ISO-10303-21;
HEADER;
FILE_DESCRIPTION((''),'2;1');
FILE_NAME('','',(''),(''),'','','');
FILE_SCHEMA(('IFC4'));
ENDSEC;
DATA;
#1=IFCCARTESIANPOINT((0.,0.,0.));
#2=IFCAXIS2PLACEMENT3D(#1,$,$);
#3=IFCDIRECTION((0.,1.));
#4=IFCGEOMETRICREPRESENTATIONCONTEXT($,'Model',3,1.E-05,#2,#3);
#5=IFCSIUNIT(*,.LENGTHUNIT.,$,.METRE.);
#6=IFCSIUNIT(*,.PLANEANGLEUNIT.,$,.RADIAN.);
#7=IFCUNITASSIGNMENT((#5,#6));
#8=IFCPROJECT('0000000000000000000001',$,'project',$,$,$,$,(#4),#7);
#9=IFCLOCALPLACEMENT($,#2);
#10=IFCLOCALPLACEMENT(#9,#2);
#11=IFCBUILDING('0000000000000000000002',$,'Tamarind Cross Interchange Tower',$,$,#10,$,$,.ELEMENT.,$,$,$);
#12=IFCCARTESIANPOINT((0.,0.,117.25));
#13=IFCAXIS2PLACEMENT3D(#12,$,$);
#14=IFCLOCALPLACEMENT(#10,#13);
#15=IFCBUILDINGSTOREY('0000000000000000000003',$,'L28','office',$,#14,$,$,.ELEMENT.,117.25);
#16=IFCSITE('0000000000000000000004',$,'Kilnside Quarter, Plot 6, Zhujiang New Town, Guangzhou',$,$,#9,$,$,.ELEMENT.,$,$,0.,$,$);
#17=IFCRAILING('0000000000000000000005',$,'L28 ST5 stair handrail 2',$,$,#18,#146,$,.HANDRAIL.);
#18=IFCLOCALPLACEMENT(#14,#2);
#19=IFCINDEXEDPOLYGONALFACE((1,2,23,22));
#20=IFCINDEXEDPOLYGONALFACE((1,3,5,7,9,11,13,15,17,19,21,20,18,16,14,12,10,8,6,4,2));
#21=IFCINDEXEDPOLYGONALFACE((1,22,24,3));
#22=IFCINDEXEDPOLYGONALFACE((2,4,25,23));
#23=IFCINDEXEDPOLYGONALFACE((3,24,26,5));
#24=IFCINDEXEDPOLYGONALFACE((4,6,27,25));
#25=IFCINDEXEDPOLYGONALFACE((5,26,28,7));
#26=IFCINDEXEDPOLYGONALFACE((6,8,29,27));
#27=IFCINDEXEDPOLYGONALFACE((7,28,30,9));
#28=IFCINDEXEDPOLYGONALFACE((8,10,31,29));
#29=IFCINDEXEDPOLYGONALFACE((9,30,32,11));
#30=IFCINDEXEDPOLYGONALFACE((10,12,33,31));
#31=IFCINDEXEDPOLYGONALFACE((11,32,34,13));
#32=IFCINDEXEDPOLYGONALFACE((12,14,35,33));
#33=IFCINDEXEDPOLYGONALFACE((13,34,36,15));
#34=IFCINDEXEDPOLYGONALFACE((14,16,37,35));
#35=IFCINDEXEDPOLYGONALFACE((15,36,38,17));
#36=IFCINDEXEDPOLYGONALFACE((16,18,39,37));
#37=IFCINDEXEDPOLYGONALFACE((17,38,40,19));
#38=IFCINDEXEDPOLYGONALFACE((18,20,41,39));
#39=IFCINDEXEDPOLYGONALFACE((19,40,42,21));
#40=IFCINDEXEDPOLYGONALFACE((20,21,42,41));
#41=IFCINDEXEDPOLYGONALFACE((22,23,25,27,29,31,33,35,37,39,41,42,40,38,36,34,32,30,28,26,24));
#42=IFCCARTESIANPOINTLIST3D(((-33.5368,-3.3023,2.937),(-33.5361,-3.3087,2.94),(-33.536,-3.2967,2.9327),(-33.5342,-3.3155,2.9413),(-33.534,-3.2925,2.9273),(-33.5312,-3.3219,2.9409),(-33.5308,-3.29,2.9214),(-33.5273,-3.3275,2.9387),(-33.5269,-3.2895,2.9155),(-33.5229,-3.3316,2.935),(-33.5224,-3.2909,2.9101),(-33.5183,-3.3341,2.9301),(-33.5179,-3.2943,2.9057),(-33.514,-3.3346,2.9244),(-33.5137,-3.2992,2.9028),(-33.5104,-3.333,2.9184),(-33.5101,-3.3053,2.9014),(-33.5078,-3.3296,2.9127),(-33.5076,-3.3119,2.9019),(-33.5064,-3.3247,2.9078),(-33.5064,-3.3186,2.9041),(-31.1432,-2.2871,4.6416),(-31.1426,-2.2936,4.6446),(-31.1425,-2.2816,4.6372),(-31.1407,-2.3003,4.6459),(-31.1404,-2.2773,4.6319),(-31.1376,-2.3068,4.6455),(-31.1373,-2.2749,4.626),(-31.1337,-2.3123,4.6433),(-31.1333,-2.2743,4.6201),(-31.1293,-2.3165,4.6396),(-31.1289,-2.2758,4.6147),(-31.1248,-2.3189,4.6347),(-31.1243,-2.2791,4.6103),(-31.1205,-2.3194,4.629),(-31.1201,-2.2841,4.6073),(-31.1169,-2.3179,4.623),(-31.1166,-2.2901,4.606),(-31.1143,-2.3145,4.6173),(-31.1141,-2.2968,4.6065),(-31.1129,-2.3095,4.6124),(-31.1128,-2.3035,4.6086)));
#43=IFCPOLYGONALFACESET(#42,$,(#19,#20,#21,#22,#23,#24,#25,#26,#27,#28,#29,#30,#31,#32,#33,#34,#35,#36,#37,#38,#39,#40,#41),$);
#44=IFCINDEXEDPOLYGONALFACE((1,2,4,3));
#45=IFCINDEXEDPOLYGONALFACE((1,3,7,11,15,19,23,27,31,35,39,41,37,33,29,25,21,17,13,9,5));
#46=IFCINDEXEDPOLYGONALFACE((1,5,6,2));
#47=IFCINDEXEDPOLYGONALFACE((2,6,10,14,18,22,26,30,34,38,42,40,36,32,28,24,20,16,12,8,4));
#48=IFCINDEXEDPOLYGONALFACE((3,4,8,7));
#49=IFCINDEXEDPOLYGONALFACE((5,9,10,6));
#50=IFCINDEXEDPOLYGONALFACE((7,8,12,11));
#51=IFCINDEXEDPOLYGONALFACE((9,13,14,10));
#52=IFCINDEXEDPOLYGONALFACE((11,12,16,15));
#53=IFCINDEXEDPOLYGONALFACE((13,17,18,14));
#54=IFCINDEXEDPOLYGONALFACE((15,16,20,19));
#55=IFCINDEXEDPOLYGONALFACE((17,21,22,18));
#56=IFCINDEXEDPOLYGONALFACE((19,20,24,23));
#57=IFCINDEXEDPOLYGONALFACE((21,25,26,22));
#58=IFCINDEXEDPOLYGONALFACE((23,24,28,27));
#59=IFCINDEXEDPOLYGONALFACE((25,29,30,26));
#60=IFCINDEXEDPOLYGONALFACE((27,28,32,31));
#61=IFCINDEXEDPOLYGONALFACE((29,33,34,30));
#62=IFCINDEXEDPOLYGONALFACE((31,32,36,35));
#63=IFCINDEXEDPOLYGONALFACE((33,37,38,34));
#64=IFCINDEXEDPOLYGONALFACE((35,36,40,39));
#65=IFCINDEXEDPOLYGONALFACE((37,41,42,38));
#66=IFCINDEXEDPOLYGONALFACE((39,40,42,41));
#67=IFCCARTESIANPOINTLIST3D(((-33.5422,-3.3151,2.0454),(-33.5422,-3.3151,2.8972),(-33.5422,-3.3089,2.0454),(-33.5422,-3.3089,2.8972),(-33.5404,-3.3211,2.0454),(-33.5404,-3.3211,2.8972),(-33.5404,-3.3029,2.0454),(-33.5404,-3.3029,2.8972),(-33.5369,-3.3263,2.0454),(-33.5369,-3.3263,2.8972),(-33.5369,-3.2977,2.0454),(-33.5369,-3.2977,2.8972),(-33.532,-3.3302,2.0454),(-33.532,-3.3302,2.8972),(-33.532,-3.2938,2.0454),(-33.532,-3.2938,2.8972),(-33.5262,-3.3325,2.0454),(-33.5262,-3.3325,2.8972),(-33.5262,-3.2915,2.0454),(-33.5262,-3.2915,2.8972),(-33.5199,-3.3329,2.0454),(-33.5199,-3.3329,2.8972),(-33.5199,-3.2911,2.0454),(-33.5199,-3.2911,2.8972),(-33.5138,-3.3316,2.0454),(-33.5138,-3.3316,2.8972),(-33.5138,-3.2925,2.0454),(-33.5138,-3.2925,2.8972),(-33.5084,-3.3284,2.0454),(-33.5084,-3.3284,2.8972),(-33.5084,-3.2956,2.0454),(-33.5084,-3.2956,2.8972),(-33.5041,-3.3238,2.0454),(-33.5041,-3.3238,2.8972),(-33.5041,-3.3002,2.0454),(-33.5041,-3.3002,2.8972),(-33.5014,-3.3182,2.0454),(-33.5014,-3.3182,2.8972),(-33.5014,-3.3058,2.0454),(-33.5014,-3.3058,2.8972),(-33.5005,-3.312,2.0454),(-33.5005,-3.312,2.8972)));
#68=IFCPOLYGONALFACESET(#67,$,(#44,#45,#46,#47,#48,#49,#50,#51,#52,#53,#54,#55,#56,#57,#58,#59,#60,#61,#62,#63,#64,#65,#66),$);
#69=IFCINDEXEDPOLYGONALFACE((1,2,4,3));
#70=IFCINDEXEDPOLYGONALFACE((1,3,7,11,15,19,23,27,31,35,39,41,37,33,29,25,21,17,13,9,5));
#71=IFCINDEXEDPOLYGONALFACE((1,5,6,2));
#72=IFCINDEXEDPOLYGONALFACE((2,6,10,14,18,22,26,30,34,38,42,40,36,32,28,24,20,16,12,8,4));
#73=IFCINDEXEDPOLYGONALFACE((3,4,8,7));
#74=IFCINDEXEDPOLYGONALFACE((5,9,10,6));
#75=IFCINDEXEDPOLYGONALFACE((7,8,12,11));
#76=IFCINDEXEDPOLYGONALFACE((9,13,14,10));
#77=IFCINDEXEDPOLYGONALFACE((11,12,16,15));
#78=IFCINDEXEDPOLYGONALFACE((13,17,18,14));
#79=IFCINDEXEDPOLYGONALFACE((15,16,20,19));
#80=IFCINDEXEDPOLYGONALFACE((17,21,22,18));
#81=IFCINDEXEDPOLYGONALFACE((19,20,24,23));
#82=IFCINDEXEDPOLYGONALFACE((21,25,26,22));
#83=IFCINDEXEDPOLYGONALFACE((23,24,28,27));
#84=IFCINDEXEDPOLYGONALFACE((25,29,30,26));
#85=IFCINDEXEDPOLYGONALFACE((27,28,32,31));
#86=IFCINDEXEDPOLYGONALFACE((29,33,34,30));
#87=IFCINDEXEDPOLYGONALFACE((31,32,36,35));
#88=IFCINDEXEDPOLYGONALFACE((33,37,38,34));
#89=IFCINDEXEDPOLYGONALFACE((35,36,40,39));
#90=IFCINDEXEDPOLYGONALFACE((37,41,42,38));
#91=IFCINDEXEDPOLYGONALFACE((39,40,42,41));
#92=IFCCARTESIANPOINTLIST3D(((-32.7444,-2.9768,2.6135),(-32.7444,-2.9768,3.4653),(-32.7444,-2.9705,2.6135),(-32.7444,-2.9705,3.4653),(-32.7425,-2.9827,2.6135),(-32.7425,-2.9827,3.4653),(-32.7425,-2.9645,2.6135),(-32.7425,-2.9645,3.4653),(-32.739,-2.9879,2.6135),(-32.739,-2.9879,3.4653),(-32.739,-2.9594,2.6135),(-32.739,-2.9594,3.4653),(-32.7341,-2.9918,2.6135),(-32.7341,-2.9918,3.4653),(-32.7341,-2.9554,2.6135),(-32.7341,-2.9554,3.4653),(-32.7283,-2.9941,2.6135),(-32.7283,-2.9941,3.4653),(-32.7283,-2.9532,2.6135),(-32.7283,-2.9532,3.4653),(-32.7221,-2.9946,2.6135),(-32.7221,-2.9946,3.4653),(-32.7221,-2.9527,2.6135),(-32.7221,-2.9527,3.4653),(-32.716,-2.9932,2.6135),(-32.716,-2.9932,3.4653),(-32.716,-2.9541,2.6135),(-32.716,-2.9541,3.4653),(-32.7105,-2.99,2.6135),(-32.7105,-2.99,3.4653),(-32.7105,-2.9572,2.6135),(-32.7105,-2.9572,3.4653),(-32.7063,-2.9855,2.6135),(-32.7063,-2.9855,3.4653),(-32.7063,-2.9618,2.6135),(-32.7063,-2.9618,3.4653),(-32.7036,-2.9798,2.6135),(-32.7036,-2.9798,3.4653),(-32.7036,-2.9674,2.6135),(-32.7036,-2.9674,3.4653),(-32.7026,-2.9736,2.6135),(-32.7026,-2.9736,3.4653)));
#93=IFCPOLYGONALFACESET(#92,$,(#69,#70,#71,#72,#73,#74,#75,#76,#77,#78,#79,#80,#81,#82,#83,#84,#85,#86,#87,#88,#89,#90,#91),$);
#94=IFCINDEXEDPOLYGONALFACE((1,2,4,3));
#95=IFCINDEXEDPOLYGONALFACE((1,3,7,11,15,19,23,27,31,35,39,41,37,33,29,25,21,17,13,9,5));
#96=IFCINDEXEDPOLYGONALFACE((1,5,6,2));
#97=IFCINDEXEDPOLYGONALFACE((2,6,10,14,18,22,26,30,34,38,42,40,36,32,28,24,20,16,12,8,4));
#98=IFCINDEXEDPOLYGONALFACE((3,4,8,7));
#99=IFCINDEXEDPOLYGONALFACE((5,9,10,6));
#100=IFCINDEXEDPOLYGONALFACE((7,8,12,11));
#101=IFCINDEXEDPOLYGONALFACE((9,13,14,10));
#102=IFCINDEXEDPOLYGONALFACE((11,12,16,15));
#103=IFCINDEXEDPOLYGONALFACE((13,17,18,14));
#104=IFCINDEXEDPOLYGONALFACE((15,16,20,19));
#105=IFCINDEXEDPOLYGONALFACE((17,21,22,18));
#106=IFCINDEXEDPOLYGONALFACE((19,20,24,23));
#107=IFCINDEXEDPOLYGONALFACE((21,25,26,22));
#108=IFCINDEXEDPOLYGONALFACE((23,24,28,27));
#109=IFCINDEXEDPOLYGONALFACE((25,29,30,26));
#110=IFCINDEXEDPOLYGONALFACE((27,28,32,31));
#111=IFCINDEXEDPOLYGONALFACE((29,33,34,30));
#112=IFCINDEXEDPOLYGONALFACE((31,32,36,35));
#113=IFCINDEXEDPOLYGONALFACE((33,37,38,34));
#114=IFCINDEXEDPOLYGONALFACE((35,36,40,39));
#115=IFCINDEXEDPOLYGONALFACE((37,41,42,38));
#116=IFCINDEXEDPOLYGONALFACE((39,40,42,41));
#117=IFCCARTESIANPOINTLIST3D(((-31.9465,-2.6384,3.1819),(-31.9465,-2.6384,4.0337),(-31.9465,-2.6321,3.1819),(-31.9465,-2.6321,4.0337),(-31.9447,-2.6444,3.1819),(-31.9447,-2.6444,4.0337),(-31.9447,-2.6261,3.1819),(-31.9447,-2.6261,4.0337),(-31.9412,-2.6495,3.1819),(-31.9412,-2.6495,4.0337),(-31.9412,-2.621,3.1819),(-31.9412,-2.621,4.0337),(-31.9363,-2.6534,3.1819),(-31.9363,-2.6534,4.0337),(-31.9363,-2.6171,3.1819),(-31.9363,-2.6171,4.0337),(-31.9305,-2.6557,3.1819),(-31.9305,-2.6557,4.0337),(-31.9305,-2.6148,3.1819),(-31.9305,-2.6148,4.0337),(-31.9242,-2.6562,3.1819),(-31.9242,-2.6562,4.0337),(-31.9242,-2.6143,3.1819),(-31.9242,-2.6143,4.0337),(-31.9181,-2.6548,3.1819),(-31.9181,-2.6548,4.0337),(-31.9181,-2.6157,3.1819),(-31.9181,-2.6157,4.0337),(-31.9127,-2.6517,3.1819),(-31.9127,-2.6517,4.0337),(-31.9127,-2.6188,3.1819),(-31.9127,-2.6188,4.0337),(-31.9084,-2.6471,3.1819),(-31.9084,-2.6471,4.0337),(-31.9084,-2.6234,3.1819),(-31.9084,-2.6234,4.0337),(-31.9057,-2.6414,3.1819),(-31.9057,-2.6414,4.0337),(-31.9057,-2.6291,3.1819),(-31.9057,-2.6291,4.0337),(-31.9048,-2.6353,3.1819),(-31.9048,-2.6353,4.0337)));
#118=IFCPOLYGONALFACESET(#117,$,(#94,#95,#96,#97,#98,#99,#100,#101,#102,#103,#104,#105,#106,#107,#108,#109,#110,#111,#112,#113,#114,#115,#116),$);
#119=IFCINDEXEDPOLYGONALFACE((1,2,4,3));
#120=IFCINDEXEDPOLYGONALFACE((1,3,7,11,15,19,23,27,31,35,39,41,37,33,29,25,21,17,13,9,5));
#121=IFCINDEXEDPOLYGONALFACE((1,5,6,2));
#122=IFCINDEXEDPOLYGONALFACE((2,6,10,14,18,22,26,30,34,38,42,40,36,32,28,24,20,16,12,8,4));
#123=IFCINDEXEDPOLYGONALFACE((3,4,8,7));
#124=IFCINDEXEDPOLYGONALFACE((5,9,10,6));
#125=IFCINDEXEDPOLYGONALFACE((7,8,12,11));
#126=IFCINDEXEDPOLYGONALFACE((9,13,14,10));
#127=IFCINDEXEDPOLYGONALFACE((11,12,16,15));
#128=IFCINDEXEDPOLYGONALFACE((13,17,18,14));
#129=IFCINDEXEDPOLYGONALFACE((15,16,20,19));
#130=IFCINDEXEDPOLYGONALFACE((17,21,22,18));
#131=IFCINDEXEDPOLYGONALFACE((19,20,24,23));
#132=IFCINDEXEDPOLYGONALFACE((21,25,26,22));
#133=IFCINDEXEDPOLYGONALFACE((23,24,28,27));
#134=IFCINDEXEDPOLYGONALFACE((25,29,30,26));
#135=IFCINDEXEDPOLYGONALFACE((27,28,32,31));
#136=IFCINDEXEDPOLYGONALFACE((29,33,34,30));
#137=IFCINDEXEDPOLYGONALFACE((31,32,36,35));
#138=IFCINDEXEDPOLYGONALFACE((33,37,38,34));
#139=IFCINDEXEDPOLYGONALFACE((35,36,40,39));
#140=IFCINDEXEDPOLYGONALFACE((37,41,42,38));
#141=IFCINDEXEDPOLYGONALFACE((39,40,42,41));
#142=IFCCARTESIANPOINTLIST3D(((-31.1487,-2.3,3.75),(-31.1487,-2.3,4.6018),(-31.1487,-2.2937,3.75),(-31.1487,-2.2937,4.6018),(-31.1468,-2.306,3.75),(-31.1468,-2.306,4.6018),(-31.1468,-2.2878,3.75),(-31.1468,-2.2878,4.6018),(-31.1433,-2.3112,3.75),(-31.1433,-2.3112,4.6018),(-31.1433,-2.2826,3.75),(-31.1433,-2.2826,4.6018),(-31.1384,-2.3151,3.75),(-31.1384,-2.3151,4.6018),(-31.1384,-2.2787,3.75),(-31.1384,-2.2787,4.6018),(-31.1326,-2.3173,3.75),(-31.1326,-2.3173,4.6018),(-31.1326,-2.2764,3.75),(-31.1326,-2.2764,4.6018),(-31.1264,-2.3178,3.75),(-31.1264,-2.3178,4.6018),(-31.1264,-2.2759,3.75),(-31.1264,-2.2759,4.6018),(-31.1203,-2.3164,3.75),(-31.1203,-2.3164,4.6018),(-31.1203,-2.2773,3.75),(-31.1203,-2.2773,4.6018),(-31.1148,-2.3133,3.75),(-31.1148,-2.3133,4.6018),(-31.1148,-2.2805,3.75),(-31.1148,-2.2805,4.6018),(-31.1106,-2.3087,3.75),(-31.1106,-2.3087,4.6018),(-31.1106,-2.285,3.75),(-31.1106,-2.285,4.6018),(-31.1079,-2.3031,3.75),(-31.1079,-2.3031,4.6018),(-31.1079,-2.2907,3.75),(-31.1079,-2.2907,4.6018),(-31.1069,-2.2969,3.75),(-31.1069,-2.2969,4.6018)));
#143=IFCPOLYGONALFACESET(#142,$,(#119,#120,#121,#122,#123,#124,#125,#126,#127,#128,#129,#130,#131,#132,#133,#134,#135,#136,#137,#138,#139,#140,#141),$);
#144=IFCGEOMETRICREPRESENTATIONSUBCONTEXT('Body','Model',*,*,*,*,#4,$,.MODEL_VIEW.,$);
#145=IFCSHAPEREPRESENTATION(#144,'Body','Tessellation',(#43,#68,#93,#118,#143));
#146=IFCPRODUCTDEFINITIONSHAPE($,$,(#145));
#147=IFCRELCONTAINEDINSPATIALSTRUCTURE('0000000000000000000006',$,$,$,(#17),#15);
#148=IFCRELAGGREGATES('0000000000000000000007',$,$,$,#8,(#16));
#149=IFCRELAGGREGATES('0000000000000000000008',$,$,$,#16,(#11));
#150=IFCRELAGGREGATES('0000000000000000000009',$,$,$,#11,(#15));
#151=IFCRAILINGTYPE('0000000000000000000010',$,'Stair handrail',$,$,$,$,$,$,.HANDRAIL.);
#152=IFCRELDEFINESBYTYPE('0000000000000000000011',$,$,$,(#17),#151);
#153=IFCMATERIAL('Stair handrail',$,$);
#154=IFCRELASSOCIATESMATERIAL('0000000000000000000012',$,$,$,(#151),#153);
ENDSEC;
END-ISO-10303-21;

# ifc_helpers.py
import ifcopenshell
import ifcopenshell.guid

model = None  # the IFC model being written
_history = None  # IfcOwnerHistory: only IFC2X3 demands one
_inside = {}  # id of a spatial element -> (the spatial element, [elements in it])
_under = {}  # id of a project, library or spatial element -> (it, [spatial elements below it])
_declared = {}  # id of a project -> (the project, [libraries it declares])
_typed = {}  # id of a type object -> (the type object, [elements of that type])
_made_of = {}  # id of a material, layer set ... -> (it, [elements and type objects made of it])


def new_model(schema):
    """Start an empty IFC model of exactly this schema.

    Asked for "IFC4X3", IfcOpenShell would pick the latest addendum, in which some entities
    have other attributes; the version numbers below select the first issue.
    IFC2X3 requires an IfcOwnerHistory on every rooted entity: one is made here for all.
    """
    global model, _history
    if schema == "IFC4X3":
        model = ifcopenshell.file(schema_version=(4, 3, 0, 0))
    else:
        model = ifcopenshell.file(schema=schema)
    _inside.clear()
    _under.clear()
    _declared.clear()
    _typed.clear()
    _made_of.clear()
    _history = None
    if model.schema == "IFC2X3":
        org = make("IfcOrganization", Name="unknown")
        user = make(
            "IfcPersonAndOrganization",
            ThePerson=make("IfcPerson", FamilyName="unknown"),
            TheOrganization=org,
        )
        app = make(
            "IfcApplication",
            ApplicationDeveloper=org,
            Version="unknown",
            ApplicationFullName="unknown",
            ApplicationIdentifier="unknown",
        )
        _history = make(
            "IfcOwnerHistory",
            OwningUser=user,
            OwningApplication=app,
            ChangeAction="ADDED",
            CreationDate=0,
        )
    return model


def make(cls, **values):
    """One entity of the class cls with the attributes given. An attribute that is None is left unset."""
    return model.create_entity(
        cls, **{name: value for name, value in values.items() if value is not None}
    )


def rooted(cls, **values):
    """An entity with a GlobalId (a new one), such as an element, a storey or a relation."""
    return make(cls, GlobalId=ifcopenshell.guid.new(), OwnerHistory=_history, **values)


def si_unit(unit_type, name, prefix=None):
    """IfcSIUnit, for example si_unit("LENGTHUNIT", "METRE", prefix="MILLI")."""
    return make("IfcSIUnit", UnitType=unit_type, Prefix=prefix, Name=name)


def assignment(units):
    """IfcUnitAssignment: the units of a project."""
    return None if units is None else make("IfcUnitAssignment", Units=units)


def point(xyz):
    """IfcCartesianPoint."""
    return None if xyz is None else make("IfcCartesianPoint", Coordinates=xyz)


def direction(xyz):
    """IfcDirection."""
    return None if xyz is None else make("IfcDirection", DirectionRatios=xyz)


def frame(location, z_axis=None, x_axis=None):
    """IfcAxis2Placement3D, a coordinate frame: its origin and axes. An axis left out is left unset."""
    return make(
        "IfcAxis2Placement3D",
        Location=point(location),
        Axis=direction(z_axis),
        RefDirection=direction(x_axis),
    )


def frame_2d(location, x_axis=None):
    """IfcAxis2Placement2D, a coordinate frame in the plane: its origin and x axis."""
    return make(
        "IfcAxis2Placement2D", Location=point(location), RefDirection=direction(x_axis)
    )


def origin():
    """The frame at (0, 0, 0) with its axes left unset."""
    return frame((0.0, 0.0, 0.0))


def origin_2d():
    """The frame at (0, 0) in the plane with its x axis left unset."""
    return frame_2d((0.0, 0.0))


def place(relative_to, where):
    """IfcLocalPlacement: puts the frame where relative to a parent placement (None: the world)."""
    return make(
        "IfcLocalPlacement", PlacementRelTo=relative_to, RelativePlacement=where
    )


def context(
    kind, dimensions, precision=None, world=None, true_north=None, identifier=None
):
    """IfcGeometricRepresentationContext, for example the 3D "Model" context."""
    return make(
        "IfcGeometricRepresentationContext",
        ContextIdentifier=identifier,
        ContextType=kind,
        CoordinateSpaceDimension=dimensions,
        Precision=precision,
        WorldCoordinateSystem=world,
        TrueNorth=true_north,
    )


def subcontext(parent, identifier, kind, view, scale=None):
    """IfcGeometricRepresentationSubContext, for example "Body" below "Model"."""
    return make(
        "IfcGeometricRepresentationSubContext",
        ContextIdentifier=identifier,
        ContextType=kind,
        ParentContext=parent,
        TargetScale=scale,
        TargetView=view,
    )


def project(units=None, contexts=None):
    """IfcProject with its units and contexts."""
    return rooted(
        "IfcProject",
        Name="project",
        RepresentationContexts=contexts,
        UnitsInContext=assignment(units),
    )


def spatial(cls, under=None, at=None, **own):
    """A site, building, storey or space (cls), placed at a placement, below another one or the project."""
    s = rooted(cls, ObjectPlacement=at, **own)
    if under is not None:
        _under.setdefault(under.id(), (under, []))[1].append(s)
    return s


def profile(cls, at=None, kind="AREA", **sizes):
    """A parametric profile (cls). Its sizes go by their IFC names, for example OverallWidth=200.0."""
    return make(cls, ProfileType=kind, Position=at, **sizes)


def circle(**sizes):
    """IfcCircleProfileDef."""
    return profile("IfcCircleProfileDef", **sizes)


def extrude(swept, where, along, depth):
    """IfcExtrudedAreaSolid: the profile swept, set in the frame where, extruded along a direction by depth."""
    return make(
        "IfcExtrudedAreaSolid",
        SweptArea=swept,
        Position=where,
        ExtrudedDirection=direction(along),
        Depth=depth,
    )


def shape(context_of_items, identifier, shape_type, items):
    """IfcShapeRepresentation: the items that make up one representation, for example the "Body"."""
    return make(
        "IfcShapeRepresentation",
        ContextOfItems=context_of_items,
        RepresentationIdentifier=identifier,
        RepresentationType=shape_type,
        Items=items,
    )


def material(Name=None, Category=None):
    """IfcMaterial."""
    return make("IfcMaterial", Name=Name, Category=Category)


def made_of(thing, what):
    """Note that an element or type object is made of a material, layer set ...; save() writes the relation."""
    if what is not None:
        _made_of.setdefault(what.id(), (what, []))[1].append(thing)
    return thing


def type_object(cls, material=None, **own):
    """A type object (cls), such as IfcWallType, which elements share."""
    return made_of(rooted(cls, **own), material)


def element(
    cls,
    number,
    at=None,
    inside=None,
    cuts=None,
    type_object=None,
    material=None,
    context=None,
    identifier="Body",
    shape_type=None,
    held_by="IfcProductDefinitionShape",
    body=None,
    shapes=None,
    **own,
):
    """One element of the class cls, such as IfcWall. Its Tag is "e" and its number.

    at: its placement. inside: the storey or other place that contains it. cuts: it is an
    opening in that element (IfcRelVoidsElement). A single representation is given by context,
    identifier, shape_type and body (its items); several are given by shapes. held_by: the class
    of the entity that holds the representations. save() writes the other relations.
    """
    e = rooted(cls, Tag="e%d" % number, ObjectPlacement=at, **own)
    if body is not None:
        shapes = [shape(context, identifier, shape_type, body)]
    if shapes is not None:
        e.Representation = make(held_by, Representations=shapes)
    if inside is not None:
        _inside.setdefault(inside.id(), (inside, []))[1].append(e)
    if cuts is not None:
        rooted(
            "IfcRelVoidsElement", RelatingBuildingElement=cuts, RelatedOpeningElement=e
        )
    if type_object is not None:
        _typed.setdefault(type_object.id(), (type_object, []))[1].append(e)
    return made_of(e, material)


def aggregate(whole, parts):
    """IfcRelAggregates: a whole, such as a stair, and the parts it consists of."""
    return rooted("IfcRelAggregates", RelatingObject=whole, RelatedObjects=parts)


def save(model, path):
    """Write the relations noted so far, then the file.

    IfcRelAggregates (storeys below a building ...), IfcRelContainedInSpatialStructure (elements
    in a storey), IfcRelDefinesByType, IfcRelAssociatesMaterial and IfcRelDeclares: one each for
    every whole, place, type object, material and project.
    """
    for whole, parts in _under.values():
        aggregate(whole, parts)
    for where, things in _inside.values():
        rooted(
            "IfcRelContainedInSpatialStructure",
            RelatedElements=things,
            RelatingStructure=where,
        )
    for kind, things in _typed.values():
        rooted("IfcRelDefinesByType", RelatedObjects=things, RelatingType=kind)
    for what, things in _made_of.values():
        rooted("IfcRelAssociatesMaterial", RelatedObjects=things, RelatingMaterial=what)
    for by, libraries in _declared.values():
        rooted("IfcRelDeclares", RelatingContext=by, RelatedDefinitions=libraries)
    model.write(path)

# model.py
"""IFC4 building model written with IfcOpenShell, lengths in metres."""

from ifc_helpers import new_model, si_unit, direction, frame, origin, origin_2d, place, context, subcontext, project, spatial, circle, extrude, material, type_object, element, save


model = new_model("IFC4")

# Units and contexts
model_context = context("Model", 3, precision=1e-05, world=origin(), true_north=direction((0.0, 1.0)))
body_context = subcontext(model_context, "Body", "Model", "MODEL_VIEW")
ifc_project = project(units=[si_unit("LENGTHUNIT", "METRE"), si_unit("PLANEANGLEUNIT", "RADIAN")], contexts=[model_context])

# Site, building, storey
site_placement = place(None, origin())
site = spatial("IfcSite", under=ifc_project, at=site_placement, Name="Kilnside Quarter, Plot 6, Zhujiang New Town, Guangzhou", CompositionType="ELEMENT", RefElevation=0.0)
building_placement = place(site_placement, origin())
building = spatial("IfcBuilding", under=site, at=building_placement, Name="Tamarind Cross Interchange Tower", CompositionType="ELEMENT")
storey_placement = place(building_placement, frame((0.0, 0.0, 117.25)))
storey = spatial("IfcBuildingStorey", under=building, at=storey_placement, Name="L28", Description="office", CompositionType="ELEMENT", Elevation=117.25)

# Railing
ifc_material_1 = material(Name="Stair handrail")
railing_type_1 = type_object("IfcRailingType", Name="Stair handrail", PredefinedType="HANDRAIL", material=ifc_material_1)
railing_1_placement = place(storey_placement, frame((-33.5215, -3.312, 2.0454)))
element("IfcRailing", 1, at=railing_1_placement, inside=storey, type_object=railing_type_1, Name="L28 ST5 stair handrail 2", PredefinedType="HANDRAIL", context=body_context, shape_type="SweptSolid", body=[
    extrude(circle(Radius=0.0239, at=origin_2d()), frame((0.0, 0.0, 0.876), z_axis=(0.769905, 0.326526, 0.548294), x_axis=(-0.390449, 0.920625, 0.0)), (0.0, 0.0, 1.0), 3.1089),
    extrude(circle(Radius=0.021, at=origin_2d()), origin(), (0.0, 0.0, 1.0), 0.8518),
    extrude(circle(Radius=0.021, at=origin_2d()), frame((0.7979, 0.3384, 0.5681)), (0.0, 0.0, 1.0), 0.8518),
    extrude(circle(Radius=0.021, at=origin_2d()), frame((1.5957, 0.6768, 1.1365)), (0.0, 0.0, 1.0), 0.8518),
    extrude(circle(Radius=0.021, at=origin_2d()), frame((2.3936, 1.0151, 1.7046)), (0.0, 0.0, 1.0), 0.8518),
])

save(model, "model.ifc")
